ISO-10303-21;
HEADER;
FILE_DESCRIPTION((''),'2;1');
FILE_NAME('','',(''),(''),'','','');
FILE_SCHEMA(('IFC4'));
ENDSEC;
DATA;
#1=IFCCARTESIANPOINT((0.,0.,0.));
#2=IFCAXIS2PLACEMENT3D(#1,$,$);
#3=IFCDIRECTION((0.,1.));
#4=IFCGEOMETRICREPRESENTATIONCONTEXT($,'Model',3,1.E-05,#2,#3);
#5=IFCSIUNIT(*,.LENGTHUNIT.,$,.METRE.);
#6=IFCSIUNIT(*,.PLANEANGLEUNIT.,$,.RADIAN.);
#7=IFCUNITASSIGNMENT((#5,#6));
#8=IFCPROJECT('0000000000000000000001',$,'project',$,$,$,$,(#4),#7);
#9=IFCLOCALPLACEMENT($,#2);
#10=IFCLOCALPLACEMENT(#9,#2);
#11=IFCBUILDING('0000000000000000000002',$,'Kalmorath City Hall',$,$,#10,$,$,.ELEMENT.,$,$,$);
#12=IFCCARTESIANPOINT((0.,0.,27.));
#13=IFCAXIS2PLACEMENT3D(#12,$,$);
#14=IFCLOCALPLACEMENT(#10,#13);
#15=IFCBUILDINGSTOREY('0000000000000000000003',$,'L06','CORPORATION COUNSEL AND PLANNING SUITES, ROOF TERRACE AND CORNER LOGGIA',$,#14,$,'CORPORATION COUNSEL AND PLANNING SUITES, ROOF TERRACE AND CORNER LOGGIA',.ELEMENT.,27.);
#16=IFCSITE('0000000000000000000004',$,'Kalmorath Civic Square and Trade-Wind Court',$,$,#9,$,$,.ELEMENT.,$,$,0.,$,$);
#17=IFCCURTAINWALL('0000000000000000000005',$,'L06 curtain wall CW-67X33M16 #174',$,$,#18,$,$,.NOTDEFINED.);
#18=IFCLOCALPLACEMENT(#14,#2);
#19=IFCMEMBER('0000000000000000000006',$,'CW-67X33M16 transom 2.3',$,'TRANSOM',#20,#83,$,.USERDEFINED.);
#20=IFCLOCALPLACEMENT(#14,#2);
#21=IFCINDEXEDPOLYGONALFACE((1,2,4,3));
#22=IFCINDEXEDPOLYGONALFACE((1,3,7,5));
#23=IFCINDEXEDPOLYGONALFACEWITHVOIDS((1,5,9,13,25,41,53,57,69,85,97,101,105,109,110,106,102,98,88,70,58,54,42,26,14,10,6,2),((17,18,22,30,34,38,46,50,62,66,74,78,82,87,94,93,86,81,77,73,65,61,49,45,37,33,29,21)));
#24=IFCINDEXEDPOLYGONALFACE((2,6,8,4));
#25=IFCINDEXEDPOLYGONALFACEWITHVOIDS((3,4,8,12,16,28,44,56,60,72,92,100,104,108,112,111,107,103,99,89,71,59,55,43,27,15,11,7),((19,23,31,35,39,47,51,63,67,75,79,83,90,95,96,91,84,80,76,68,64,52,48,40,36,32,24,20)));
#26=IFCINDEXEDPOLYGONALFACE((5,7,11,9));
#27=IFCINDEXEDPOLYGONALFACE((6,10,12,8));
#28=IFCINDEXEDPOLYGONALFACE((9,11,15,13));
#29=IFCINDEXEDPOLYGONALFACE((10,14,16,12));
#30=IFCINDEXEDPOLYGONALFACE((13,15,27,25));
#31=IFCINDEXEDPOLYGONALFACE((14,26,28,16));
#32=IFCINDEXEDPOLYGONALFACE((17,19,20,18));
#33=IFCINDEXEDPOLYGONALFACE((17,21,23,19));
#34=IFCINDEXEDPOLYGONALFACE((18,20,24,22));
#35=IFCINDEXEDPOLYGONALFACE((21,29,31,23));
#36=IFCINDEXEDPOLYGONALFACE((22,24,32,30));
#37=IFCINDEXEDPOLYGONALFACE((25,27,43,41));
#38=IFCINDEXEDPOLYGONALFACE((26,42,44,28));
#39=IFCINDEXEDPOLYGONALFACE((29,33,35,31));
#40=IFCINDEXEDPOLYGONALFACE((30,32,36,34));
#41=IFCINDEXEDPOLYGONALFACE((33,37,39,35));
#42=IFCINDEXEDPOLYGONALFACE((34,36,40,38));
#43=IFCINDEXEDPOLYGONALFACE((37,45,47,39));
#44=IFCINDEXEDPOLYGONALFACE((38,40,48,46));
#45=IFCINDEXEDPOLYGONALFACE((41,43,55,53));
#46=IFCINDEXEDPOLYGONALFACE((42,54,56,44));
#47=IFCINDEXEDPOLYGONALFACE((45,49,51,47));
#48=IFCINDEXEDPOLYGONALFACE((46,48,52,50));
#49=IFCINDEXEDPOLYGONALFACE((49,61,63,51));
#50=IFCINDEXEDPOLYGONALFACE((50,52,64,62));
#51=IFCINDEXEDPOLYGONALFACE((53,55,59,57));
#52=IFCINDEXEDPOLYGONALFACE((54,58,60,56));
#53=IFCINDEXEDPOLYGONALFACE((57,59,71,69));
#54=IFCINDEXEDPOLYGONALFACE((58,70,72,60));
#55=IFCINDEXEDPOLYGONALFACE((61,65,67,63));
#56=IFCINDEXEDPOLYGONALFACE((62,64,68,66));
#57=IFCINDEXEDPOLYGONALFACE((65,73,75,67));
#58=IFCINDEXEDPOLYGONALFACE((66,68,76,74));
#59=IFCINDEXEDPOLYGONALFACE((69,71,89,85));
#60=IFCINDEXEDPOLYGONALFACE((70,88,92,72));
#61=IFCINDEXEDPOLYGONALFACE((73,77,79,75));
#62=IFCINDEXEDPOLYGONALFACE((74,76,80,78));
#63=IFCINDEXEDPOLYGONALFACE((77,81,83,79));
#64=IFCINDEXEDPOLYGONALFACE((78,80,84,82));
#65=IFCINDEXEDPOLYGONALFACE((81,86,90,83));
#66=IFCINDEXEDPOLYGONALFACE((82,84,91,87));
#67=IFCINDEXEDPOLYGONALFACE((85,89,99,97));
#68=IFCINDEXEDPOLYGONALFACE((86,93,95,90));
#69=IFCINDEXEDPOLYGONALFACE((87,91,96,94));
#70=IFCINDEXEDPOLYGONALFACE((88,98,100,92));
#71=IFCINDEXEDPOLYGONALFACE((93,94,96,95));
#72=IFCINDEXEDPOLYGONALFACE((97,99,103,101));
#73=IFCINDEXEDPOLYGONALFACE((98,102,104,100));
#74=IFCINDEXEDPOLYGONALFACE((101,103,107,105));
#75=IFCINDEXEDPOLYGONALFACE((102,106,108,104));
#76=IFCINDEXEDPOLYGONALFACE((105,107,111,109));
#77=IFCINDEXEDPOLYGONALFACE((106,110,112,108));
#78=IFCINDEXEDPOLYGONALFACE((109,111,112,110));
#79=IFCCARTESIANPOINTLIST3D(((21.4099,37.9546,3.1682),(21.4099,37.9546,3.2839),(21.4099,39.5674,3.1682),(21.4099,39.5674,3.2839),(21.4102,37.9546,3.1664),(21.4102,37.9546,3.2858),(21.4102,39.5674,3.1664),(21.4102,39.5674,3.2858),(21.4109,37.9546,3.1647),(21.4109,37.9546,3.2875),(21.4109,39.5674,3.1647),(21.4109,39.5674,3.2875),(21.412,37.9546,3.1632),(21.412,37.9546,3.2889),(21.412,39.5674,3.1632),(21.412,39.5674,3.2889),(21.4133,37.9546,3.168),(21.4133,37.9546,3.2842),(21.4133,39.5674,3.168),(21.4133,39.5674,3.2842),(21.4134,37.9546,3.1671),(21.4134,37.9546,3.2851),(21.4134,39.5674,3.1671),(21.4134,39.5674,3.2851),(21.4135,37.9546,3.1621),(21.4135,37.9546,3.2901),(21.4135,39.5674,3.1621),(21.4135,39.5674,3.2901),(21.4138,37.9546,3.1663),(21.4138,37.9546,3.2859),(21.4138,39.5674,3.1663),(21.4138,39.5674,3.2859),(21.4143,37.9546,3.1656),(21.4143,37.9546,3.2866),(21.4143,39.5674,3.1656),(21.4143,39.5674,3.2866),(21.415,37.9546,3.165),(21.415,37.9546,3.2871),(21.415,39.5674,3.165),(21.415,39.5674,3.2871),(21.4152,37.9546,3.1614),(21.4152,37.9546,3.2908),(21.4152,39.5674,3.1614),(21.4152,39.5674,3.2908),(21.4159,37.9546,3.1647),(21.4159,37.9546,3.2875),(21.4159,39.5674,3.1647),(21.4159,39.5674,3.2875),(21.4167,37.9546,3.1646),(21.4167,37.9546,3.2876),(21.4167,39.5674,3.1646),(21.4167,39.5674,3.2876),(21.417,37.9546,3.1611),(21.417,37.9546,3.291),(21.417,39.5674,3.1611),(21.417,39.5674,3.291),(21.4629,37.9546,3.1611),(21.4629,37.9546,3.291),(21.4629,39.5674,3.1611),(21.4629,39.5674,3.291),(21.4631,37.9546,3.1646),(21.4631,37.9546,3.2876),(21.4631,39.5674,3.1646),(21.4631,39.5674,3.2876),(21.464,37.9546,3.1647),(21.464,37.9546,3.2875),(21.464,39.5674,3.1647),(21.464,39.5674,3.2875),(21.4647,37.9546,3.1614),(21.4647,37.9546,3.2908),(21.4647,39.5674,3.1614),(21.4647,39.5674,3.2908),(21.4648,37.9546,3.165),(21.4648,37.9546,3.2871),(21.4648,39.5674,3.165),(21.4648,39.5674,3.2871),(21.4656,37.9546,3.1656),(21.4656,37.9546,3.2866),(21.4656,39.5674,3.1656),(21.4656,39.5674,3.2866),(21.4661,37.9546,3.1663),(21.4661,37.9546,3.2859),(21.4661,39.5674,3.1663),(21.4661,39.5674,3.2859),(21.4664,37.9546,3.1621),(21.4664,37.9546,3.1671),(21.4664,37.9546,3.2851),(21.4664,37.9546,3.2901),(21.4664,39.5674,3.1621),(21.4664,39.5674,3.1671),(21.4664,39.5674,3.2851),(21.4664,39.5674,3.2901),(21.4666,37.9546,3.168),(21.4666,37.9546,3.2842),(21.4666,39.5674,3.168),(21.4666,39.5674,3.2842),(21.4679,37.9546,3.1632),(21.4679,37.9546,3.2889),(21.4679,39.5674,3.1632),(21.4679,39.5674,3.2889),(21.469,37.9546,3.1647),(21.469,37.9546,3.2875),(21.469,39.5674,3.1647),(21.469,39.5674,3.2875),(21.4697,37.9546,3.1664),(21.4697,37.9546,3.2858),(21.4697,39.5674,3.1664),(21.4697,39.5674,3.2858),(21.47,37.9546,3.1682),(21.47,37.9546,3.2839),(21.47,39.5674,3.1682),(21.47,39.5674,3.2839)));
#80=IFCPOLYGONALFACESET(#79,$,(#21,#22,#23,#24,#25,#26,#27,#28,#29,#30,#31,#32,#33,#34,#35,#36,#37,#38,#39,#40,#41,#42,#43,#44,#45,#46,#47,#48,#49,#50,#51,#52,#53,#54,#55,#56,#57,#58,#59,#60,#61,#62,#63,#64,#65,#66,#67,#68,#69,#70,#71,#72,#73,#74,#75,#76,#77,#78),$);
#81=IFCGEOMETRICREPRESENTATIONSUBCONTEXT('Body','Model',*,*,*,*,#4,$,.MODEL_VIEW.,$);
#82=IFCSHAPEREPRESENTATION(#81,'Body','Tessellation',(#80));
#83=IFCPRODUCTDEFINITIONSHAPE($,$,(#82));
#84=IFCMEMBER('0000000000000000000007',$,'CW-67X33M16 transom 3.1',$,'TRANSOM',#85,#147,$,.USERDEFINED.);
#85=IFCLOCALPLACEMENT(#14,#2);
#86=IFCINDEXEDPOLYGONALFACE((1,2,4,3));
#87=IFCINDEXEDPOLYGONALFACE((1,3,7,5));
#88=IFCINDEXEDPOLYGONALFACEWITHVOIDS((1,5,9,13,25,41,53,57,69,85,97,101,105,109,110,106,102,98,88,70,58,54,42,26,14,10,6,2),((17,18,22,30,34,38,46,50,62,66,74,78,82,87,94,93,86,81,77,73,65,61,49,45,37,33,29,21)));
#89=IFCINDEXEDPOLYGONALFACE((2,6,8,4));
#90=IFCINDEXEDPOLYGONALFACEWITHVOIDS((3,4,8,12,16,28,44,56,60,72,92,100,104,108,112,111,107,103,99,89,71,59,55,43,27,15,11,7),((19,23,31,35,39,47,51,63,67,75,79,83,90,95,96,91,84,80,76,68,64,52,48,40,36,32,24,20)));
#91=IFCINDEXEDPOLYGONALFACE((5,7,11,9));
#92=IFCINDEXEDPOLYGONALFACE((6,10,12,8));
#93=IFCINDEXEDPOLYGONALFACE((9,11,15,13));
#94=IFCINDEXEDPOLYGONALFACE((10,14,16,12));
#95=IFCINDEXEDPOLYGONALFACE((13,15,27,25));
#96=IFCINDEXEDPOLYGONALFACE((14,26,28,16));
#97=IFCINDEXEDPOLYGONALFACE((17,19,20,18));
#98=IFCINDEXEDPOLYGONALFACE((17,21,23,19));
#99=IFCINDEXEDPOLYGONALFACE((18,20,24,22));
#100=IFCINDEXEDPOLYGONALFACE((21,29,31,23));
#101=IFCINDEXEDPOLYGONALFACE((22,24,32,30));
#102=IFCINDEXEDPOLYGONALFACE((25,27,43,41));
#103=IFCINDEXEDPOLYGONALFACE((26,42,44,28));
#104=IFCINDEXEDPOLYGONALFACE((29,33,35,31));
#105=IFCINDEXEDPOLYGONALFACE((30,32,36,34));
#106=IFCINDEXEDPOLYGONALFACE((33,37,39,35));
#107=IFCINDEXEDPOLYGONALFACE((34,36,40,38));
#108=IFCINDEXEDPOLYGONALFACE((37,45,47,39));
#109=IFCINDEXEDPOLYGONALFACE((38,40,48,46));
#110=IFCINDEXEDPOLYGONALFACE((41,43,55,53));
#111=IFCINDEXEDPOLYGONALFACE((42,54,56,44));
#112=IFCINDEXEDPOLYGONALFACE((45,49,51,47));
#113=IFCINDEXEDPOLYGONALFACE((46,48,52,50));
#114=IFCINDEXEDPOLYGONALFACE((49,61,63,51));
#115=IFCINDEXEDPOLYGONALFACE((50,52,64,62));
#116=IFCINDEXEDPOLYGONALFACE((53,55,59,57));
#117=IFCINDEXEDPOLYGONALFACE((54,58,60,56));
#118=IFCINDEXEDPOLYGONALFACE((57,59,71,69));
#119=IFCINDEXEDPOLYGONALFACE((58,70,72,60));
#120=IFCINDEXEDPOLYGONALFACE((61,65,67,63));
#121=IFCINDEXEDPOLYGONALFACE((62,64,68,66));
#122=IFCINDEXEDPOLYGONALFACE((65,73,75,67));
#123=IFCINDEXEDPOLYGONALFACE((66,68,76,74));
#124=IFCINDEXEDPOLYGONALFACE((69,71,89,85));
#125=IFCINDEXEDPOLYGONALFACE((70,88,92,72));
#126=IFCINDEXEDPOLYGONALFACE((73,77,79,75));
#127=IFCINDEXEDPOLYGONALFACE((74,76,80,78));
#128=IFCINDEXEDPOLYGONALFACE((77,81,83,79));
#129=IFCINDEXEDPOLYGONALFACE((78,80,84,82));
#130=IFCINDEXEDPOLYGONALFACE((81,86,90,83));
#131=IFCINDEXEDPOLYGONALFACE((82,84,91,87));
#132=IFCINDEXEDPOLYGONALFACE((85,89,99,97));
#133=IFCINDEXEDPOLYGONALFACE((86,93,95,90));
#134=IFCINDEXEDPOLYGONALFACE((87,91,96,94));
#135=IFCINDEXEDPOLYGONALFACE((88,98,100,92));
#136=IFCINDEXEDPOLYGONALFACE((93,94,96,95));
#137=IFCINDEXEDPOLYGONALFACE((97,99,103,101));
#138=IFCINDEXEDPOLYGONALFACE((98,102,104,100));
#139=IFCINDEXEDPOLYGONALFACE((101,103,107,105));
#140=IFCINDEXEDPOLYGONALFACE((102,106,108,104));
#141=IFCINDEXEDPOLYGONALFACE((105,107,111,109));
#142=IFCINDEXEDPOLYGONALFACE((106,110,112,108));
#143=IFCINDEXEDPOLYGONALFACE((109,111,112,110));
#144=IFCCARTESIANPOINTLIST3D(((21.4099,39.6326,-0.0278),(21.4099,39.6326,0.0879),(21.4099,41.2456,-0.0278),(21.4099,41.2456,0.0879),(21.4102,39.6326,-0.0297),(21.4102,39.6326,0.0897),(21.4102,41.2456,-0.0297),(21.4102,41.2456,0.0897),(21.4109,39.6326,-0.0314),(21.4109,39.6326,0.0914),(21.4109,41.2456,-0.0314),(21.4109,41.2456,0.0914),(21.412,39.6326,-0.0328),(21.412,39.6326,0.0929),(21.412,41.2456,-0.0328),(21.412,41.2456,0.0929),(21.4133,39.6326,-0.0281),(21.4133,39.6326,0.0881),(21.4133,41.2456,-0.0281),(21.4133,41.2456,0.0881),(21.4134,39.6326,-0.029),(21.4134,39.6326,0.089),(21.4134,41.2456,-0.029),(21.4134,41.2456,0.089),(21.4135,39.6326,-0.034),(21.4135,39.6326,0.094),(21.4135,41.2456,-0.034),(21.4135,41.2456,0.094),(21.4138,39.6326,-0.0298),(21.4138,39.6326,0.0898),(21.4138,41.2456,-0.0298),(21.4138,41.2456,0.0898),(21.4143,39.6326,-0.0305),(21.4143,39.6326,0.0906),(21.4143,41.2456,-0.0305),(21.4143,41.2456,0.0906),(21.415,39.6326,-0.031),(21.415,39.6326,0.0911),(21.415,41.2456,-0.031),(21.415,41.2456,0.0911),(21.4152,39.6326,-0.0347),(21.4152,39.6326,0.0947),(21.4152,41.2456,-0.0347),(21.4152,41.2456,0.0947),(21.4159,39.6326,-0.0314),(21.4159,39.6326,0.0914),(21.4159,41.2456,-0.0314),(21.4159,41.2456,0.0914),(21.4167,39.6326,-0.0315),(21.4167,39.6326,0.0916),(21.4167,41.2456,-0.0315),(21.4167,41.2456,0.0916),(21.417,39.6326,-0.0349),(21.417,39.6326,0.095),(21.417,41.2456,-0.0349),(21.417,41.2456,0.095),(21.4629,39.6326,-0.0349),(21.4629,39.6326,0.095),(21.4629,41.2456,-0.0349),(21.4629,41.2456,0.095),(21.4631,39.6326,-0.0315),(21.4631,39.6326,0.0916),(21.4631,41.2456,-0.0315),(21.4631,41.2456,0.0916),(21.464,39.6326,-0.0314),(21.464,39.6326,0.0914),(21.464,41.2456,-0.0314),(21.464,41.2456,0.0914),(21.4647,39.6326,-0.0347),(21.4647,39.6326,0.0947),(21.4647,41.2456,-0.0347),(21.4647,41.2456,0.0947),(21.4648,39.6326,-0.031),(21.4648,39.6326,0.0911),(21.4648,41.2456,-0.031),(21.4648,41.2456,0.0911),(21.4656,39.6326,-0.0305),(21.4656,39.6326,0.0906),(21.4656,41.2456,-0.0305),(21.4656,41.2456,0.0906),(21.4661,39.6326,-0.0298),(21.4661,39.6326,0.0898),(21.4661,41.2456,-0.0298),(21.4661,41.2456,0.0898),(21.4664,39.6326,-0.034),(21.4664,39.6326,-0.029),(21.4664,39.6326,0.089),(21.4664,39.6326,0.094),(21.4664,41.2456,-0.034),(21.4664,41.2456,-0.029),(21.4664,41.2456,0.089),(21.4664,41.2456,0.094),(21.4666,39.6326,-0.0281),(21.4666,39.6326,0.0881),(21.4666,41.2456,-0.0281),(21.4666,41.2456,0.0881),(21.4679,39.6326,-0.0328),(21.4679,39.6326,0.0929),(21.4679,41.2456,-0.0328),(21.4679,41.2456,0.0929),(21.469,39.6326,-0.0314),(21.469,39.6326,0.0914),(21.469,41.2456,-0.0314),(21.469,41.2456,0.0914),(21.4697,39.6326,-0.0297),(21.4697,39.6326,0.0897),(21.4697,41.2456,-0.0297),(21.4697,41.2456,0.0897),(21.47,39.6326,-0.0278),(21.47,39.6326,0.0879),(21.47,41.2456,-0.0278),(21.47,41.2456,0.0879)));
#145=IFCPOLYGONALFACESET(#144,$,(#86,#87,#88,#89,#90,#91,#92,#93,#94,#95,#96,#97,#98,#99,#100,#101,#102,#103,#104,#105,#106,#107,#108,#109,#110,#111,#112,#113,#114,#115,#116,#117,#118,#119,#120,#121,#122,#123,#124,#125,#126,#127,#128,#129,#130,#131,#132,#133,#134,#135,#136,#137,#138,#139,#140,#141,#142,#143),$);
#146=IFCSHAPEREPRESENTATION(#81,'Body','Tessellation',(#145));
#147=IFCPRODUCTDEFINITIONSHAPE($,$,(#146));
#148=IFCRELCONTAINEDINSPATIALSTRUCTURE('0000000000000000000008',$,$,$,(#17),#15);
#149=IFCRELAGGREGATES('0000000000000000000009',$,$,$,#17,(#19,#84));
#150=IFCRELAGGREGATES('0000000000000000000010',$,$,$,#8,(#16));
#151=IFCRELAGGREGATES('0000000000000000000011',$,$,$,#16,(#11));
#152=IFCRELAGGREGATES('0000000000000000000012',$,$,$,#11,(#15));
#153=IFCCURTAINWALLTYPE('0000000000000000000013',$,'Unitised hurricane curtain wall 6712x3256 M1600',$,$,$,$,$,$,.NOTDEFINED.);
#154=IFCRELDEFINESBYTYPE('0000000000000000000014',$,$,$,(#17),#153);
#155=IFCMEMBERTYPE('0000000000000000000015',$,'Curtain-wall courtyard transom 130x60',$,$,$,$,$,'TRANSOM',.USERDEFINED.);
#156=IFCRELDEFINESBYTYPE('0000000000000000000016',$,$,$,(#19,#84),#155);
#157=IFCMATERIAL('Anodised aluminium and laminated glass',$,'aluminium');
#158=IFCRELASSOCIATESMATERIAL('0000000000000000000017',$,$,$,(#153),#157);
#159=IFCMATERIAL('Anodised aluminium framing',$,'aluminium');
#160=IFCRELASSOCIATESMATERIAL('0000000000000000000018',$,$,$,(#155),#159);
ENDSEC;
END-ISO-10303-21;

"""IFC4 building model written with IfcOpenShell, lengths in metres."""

from ifc_helpers import new_model, si_unit, direction, frame, origin, origin_2d, place, context, subcontext, project, spatial, hollow_rectangle, extrude, material, material_profile, profile_set, type_object, element, aggregate, save


model = new_model("IFC4")

# Units and contexts
model_context = context("Model", 3, precision=1e-05, world=origin(), true_north=direction((0.0, 1.0)))
body_context = subcontext(model_context, "Body", "Model", "MODEL_VIEW")
ifc_project = project(units=[si_unit("LENGTHUNIT", "METRE"), si_unit("PLANEANGLEUNIT", "RADIAN")], contexts=[model_context])

# Site, building, storey
site_placement = place(None, origin())
site = spatial("IfcSite", under=ifc_project, at=site_placement, Name="Kalmorath Civic Square and Trade-Wind Court", CompositionType="ELEMENT", RefElevation=0.0)
building_placement = place(site_placement, origin())
building = spatial("IfcBuilding", under=site, at=building_placement, Name="Kalmorath City Hall", CompositionType="ELEMENT")
storey_placement = place(building_placement, frame((0.0, 0.0, 27.0)))
storey = spatial("IfcBuildingStorey", under=building, at=storey_placement, Name="L06", Description="CORPORATION COUNSEL AND PLANNING SUITES, ROOF TERRACE AND CORNER LOGGIA", LongName="CORPORATION COUNSEL AND PLANNING SUITES, ROOF TERRACE AND CORNER LOGGIA", CompositionType="ELEMENT", Elevation=27.0)

# Curtain wall, members
ifc_material_1 = material(Name="Anodised aluminium and laminated glass", Category="aluminium")
curtain_wall_type = type_object("IfcCurtainWallType", Name="Unitised hurricane curtain wall 6712x3256 M1600", PredefinedType="NOTDEFINED", material=ifc_material_1)
curtain_wall_placement = place(storey_placement, origin())
curtain_wall = element("IfcCurtainWall", 1, at=curtain_wall_placement, inside=storey, type_object=curtain_wall_type, Name="L06 curtain wall CW-67X33M16 #174", PredefinedType="NOTDEFINED")
ifc_material_2 = material(Name="Anodised aluminium framing", Category="aluminium")
ifc_material_profile_1 = material_profile(ifc_material_2, hollow_rectangle(XDim=0.0601, YDim=0.1299, WallThickness=0.0034, InnerFilletRadius=0.0034, OuterFilletRadius=0.0071, at=origin_2d()), Name="ALU-TRN-130X60X3.5")
ifc_profile_set_1 = profile_set([ifc_material_profile_1], Name="Anodised aluminium framing")
member_type_1 = type_object("IfcMemberType", Name="Curtain-wall courtyard transom 130x60", ElementType="TRANSOM", PredefinedType="USERDEFINED", material=ifc_profile_set_1)
member_1_placement = place(storey_placement, frame((21.4399, 37.9546, 3.2261), z_axis=(0.0, 1.0, 0.0), x_axis=(-1.0, 0.0, 0.0)))
member_1 = element("IfcMember", 2, at=member_1_placement, type_object=member_type_1, Name="CW-67X33M16 transom 2.3", ObjectType="TRANSOM", PredefinedType="USERDEFINED", context=body_context, shape_type="SweptSolid", body=[
    extrude(hollow_rectangle(XDim=0.0601, YDim=0.1299, WallThickness=0.0034, InnerFilletRadius=0.0034, OuterFilletRadius=0.0071, at=origin_2d()), origin(), (0.0, 0.0, 1.0), 1.6128),
])
member_2_placement = place(storey_placement, frame((21.4399, 39.6326, 0.03), z_axis=(0.0, 1.0, 0.0), x_axis=(-1.0, 0.0, 0.0)))
member_2 = element("IfcMember", 3, at=member_2_placement, type_object=member_type_1, Name="CW-67X33M16 transom 3.1", ObjectType="TRANSOM", PredefinedType="USERDEFINED", context=body_context, shape_type="SweptSolid", body=[
    extrude(hollow_rectangle(XDim=0.0601, YDim=0.1299, WallThickness=0.0034, InnerFilletRadius=0.0034, OuterFilletRadius=0.0071, at=origin_2d()), origin(), (0.0, 0.0, 1.0), 1.613),
])

aggregate(curtain_wall, [member_1, member_2])

save(model, "model.ifc")
